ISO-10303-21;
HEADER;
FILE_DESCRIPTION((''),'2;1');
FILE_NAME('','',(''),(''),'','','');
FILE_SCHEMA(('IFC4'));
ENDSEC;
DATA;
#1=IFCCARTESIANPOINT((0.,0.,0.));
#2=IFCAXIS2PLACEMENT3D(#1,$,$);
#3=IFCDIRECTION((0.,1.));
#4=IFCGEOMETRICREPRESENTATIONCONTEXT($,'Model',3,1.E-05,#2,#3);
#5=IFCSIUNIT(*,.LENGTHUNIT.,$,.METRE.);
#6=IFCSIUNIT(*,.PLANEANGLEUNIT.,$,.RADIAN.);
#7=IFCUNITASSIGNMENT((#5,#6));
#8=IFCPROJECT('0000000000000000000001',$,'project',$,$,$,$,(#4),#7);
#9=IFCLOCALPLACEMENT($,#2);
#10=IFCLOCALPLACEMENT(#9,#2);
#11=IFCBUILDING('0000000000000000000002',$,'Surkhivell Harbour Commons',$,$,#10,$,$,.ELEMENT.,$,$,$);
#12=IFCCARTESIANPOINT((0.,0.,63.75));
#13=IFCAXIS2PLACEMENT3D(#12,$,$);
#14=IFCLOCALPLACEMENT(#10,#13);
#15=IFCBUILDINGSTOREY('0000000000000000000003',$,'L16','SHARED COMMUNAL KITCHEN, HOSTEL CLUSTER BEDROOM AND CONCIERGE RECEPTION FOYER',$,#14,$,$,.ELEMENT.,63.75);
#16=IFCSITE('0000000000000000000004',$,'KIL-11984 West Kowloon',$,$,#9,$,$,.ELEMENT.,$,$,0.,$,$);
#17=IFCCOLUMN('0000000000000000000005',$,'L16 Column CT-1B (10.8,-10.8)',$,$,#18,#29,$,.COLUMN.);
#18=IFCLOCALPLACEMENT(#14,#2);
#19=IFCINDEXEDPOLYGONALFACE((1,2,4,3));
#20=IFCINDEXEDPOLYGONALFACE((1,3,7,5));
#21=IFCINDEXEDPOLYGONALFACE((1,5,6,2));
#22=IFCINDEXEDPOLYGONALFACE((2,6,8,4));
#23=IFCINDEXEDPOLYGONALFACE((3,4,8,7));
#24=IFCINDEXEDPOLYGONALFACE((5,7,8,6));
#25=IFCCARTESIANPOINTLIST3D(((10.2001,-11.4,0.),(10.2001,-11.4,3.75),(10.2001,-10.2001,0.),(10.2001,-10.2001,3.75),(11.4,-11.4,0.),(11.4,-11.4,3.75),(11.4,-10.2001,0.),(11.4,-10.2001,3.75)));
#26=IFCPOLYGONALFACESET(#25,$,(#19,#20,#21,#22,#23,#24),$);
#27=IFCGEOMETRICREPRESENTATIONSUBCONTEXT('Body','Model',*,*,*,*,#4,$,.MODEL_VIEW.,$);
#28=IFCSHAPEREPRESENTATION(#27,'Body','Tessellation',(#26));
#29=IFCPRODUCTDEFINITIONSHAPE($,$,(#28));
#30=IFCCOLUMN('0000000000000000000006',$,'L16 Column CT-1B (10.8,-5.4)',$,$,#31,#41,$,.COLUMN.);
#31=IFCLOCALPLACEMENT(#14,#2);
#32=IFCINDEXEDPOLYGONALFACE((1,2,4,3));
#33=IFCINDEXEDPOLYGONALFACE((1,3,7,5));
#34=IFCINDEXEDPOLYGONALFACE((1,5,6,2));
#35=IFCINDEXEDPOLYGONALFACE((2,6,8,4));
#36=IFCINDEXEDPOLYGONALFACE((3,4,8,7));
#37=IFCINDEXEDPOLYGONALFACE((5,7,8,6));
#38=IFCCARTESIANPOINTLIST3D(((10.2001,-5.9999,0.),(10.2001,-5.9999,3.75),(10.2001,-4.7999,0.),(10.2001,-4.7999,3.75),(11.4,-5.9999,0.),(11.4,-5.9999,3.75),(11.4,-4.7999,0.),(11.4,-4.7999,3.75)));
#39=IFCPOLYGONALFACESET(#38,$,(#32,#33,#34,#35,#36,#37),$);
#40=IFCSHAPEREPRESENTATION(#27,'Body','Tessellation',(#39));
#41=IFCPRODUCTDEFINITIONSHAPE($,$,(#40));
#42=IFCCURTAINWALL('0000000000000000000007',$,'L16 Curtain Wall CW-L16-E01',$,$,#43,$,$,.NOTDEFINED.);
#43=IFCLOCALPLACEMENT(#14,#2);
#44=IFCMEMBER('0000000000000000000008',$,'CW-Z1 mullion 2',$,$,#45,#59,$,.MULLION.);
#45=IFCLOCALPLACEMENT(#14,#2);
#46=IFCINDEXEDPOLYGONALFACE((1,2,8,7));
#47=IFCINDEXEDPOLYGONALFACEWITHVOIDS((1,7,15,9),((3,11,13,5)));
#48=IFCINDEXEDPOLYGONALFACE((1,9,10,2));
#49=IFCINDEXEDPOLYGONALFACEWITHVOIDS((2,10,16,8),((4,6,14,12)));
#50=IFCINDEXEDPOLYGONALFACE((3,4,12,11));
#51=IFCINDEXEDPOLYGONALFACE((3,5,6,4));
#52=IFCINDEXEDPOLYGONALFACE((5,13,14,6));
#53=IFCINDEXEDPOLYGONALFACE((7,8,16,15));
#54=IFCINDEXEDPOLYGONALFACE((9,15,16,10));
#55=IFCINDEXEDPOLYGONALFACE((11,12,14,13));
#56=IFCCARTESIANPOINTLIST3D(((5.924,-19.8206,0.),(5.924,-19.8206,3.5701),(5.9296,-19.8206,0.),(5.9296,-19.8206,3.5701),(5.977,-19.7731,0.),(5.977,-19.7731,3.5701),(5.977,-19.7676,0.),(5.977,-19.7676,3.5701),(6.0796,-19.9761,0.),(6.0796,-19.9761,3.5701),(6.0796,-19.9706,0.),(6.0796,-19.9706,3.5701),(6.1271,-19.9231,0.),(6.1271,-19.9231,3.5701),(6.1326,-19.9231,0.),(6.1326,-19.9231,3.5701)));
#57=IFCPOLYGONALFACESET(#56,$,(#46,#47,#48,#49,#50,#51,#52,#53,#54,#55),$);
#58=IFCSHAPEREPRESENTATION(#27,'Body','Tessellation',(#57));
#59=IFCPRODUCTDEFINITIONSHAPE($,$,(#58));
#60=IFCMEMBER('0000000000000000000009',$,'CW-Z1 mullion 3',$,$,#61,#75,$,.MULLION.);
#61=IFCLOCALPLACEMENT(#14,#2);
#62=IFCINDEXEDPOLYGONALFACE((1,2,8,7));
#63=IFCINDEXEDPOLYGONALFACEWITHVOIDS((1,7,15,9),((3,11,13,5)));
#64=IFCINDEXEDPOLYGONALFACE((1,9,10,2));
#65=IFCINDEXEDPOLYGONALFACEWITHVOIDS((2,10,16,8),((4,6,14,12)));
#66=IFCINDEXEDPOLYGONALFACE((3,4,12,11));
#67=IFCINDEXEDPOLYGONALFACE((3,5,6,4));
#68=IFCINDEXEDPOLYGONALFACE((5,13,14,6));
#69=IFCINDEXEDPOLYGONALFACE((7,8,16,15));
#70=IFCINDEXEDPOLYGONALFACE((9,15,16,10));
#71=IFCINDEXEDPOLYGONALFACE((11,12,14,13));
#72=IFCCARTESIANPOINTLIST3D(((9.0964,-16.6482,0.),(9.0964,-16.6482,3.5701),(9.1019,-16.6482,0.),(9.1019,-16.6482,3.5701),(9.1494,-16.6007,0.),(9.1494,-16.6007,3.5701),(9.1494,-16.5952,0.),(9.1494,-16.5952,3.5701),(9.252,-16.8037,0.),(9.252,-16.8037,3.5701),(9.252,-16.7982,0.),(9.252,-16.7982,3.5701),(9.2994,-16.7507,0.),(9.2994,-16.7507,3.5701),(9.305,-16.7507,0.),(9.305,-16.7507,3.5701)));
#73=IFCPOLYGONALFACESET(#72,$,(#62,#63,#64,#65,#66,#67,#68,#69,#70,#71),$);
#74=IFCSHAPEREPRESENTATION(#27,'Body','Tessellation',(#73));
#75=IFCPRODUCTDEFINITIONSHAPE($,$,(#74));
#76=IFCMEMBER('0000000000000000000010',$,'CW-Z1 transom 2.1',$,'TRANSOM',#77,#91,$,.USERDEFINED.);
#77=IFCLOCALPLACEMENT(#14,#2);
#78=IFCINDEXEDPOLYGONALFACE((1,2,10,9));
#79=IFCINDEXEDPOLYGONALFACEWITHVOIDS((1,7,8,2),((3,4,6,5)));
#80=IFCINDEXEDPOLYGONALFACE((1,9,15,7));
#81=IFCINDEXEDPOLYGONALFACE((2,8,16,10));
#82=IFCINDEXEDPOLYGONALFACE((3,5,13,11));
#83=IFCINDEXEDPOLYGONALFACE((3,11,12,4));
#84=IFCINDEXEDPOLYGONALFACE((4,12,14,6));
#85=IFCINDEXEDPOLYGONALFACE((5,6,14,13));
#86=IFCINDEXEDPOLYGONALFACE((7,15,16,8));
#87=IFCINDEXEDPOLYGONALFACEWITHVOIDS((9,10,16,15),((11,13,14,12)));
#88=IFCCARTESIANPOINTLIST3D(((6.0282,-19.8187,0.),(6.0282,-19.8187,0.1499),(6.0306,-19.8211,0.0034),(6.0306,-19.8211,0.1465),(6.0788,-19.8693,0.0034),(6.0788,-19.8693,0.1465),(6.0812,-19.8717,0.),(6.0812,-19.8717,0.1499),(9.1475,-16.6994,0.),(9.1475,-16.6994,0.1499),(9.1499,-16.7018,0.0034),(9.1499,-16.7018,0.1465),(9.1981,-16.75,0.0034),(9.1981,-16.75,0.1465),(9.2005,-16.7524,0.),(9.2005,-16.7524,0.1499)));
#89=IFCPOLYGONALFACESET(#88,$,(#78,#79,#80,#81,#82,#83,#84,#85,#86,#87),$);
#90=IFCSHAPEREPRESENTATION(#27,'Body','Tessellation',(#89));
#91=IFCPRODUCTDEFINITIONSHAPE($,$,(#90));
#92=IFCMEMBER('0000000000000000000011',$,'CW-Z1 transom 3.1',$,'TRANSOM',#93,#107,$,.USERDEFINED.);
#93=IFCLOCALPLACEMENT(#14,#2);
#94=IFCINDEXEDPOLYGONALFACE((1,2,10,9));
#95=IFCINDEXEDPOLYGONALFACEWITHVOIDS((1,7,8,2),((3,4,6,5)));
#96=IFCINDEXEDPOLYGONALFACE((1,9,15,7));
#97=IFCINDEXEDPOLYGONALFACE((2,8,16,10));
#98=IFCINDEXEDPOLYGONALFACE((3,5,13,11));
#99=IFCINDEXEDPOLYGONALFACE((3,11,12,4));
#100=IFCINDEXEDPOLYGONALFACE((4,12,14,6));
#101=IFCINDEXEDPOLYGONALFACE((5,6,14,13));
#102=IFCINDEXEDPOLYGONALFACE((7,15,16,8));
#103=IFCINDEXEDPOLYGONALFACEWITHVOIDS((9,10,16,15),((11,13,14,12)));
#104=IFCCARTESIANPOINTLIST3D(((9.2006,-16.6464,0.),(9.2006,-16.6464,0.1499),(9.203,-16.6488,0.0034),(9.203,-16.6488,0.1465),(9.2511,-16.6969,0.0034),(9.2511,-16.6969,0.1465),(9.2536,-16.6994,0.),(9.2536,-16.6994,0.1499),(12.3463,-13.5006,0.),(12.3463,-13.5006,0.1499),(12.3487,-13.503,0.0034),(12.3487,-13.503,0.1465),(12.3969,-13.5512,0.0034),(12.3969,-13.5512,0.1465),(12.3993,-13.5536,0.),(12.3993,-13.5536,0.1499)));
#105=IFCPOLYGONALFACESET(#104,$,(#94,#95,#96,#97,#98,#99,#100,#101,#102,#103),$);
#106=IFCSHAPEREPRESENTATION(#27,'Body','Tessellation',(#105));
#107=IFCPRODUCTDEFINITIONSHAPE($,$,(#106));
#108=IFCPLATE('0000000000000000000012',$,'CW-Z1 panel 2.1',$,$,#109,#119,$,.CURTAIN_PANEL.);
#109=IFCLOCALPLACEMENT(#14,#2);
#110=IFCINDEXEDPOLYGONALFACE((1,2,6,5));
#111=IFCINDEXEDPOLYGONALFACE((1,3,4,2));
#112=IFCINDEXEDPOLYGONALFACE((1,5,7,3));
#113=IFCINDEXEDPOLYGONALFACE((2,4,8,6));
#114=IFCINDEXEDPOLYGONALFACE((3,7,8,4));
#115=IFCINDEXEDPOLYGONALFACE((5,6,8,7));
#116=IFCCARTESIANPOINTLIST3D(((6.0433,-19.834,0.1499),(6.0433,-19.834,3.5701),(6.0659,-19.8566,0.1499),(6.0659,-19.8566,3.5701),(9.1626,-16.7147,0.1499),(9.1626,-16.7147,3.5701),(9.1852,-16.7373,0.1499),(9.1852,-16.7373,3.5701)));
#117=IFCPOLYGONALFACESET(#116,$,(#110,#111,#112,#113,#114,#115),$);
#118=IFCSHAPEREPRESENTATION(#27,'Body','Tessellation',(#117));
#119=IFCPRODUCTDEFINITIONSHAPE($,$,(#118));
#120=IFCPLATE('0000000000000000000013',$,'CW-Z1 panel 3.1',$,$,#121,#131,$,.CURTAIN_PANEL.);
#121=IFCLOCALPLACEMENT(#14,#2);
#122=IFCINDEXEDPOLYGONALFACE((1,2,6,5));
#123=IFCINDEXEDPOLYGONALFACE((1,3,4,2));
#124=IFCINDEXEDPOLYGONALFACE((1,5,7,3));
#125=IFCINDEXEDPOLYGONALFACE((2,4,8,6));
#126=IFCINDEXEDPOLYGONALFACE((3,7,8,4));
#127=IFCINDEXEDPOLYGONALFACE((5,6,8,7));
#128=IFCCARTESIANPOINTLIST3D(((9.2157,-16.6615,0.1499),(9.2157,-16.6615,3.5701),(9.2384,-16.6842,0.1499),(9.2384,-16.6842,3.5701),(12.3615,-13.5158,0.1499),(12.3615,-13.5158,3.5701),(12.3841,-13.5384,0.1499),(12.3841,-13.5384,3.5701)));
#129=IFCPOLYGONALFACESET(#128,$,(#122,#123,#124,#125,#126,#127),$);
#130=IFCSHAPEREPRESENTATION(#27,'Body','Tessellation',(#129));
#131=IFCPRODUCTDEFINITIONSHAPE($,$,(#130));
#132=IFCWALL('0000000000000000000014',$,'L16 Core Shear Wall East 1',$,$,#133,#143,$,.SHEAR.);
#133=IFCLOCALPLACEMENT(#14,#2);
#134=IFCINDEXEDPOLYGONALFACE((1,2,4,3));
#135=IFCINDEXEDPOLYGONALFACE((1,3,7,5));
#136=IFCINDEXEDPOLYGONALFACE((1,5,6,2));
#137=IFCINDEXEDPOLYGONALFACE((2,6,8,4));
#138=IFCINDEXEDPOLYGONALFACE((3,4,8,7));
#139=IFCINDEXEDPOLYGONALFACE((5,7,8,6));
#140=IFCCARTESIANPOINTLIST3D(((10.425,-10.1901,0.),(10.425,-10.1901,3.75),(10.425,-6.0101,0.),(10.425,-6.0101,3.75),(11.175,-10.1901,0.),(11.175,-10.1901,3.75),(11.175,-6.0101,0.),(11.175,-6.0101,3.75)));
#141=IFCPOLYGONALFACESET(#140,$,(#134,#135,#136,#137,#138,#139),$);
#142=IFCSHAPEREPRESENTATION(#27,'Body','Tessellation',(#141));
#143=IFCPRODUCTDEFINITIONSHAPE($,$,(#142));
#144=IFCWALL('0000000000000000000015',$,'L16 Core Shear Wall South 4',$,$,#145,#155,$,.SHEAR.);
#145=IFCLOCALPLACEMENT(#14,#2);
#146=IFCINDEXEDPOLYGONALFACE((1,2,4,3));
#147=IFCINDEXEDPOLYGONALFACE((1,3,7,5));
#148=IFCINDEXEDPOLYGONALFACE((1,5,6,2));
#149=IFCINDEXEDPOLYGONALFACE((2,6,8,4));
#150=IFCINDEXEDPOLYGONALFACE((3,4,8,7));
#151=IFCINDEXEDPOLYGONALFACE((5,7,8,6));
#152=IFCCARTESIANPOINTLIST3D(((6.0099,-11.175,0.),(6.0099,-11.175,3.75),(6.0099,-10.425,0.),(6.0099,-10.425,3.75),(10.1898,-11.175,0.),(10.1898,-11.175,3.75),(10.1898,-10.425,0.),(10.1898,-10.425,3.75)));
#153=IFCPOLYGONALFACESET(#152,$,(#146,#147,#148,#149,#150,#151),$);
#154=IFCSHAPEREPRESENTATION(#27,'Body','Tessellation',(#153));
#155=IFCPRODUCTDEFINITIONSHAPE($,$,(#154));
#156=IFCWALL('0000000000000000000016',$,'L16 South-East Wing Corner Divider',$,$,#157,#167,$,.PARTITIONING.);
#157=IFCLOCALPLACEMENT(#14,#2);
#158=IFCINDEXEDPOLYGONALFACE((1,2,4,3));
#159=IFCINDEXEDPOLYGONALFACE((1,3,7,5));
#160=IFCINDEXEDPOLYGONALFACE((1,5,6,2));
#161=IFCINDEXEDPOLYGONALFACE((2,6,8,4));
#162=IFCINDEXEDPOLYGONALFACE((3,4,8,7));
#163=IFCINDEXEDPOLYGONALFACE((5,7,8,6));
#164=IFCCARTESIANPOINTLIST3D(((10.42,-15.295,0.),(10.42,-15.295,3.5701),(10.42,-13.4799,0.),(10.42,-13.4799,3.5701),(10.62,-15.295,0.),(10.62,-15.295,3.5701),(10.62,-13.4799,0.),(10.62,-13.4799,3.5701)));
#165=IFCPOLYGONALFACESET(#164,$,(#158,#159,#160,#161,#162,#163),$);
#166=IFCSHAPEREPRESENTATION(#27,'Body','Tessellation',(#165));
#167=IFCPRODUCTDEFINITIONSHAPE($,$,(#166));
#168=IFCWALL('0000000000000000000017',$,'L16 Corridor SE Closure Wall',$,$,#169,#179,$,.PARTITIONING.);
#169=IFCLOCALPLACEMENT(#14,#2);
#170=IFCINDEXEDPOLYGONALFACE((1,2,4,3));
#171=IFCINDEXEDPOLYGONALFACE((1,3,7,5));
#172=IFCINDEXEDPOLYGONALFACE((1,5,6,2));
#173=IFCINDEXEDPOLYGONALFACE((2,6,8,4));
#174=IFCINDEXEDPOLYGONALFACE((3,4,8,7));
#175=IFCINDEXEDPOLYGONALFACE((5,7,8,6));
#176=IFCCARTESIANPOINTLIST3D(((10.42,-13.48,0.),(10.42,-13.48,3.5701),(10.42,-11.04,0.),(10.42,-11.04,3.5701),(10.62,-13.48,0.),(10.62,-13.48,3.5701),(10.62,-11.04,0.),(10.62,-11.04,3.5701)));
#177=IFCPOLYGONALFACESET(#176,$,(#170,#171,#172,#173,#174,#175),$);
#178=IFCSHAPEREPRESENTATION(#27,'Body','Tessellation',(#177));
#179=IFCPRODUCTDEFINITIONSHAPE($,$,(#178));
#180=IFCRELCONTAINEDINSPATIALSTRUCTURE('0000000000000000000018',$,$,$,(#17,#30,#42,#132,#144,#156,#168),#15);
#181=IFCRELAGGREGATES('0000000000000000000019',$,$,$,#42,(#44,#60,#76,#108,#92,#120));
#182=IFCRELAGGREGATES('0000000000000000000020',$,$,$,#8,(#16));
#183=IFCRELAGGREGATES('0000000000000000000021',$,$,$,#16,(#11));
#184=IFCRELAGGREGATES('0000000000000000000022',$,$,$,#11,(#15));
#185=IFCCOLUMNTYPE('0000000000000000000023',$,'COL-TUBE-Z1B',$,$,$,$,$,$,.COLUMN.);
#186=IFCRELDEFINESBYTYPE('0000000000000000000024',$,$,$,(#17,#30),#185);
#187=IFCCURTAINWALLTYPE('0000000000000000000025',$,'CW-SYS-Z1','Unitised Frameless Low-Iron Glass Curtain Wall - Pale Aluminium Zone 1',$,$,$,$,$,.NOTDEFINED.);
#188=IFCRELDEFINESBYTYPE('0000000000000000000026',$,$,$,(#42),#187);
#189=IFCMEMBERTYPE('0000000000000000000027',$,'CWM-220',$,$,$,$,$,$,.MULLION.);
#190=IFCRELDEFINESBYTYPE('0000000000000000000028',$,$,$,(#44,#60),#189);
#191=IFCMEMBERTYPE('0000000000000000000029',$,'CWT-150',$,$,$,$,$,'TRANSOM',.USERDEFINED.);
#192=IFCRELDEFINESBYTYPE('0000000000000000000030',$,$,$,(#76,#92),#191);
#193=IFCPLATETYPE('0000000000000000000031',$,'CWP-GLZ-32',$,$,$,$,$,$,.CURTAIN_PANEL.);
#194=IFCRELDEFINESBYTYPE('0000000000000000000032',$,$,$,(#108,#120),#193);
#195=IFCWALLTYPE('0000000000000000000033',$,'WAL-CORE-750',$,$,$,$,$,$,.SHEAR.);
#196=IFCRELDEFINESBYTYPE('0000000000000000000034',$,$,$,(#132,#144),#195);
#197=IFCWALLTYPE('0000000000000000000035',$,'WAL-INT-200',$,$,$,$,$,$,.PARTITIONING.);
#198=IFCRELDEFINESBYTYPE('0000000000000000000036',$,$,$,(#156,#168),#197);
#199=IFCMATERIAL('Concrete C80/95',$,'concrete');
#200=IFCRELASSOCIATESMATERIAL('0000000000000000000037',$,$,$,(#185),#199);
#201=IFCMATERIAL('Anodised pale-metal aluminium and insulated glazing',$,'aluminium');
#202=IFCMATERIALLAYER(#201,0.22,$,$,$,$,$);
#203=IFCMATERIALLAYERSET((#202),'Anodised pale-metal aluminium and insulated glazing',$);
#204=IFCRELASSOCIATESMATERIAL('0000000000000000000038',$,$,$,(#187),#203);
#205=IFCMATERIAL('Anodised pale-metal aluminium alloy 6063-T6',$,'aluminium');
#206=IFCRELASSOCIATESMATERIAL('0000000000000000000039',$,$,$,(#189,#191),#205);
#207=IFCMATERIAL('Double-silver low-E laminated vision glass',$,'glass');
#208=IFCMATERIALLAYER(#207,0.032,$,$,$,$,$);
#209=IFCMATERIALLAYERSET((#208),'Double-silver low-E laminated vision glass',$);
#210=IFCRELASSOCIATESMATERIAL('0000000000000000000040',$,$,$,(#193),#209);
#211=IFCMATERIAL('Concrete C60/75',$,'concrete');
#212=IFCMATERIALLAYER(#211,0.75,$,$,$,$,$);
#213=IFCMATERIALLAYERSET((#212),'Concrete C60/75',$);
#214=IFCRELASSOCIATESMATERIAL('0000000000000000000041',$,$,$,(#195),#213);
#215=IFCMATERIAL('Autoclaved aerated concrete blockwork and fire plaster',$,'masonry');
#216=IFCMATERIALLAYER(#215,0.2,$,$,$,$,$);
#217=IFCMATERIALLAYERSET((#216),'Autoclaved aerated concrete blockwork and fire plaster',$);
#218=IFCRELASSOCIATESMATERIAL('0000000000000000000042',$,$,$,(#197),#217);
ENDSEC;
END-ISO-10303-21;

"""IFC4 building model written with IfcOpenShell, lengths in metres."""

from ifc_helpers import new_model, si_unit, direction, frame, frame_2d, origin, origin_2d, place, context, subcontext, project, spatial, rectangle, hollow_rectangle, extrude, material, layer, layer_set, material_profile, profile_set, type_object, element, aggregate, save


model = new_model("IFC4")

# Units and contexts
model_context = context("Model", 3, precision=1e-05, world=origin(), true_north=direction((0.0, 1.0)))
body_context = subcontext(model_context, "Body", "Model", "MODEL_VIEW")
ifc_project = project(units=[si_unit("LENGTHUNIT", "METRE"), si_unit("PLANEANGLEUNIT", "RADIAN")], contexts=[model_context])

# Site, building, storey
site_placement = place(None, origin())
site = spatial("IfcSite", under=ifc_project, at=site_placement, Name="KIL-11984 West Kowloon", CompositionType="ELEMENT", RefElevation=0.0)
building_placement = place(site_placement, origin())
building = spatial("IfcBuilding", under=site, at=building_placement, Name="Surkhivell Harbour Commons", CompositionType="ELEMENT")
storey_placement = place(building_placement, frame((0.0, 0.0, 63.75)))
storey = spatial("IfcBuildingStorey", under=building, at=storey_placement, Name="L16", Description="SHARED COMMUNAL KITCHEN, HOSTEL CLUSTER BEDROOM AND CONCIERGE RECEPTION FOYER", CompositionType="ELEMENT", Elevation=63.75)

# Columns
ifc_material_1 = material(Name="Concrete C80/95", Category="concrete")
ifc_material_profile_1 = material_profile(ifc_material_1, rectangle(XDim=1.2, YDim=1.2, at=origin_2d()), Name="RC-COL-1200x1200")
ifc_profile_set_1 = profile_set([ifc_material_profile_1], Name="Concrete C80/95")
column_type = type_object("IfcColumnType", Name="COL-TUBE-Z1B", PredefinedType="COLUMN", material=ifc_profile_set_1)
for number, where, z_axis, x_axis, name in (
    (1, (10.8, -10.8, 0.0), (0.0, 0.0, 1.0), (1.0, 0.0, 0.0), "L16 Column CT-1B (10.8,-10.8)"),
    (2, (10.8, -5.3999, 0.0), (0.0, 0.0, 1.0), (1.0, 0.0, 0.0), "L16 Column CT-1B (10.8,-5.4)"),
):
    element("IfcColumn", number, at=place(storey_placement, frame(where, z_axis=z_axis, x_axis=x_axis)), inside=storey, type_object=column_type, Name=name, PredefinedType="COLUMN", context=body_context, shape_type="SweptSolid", body=[
        extrude(rectangle(XDim=1.2, YDim=1.2, at=origin_2d()), origin(), (0.0, 0.0, 1.0), 3.75),
    ])

# Curtain wall, members, plates
ifc_material_2 = material(Name="Anodised pale-metal aluminium and insulated glazing", Category="aluminium")
ifc_layer_1 = layer(ifc_material_2, 0.22)
ifc_layer_set_1 = layer_set([ifc_layer_1], Name="Anodised pale-metal aluminium and insulated glazing")
curtain_wall_type = type_object("IfcCurtainWallType", Name="CW-SYS-Z1", Description="Unitised Frameless Low-Iron Glass Curtain Wall - Pale Aluminium Zone 1", PredefinedType="NOTDEFINED", material=ifc_layer_set_1)
curtain_wall_placement = place(storey_placement, origin())
curtain_wall = element("IfcCurtainWall", 3, at=curtain_wall_placement, inside=storey, type_object=curtain_wall_type, Name="L16 Curtain Wall CW-L16-E01", PredefinedType="NOTDEFINED")
ifc_material_3 = material(Name="Anodised pale-metal aluminium alloy 6063-T6", Category="aluminium")
ifc_material_profile_2 = material_profile(ifc_material_3, hollow_rectangle(XDim=0.075, YDim=0.22, WallThickness=0.0039, at=origin_2d()), Name="ALU-MULL-75x220")
ifc_profile_set_2 = profile_set([ifc_material_profile_2], Name="Anodised pale-metal aluminium alloy 6063-T6")
member_type_1 = type_object("IfcMemberType", Name="CWM-220", PredefinedType="MULLION", material=ifc_profile_set_2)
member_1_placement = place(storey_placement, frame((6.0283, -19.8718, 0.0), z_axis=(0.0, 0.0, 1.0), x_axis=(0.707107, 0.707107, 0.0)))
member_1 = element("IfcMember", 4, at=member_1_placement, type_object=member_type_1, Name="CW-Z1 mullion 2", PredefinedType="MULLION", context=body_context, shape_type="SweptSolid", body=[
    extrude(hollow_rectangle(XDim=0.075, YDim=0.22, WallThickness=0.0039, at=origin_2d()), origin(), (0.0, 0.0, 1.0), 3.5701),
])
member_2_placement = place(storey_placement, frame((9.2007, -16.6995, 0.0), z_axis=(0.0, 0.0, 1.0), x_axis=(0.707107, 0.707107, 0.0)))
member_2 = element("IfcMember", 5, at=member_2_placement, type_object=member_type_1, Name="CW-Z1 mullion 3", PredefinedType="MULLION", context=body_context, shape_type="SweptSolid", body=[
    extrude(hollow_rectangle(XDim=0.075, YDim=0.22, WallThickness=0.0039, at=origin_2d()), origin(), (0.0, 0.0, 1.0), 3.5701),
])
ifc_material_profile_3 = material_profile(ifc_material_3, hollow_rectangle(XDim=0.075, YDim=0.1499, WallThickness=0.0034, at=origin_2d()), Name="ALU-TRAN-75x150")
ifc_profile_set_3 = profile_set([ifc_material_profile_3], Name="Anodised pale-metal aluminium alloy 6063-T6")
member_type_2 = type_object("IfcMemberType", Name="CWT-150", ElementType="TRANSOM", PredefinedType="USERDEFINED", material=ifc_profile_set_3)
member_3_placement = place(storey_placement, frame((6.0547, -19.8452, 0.075), z_axis=(0.707107, 0.707107, 0.0), x_axis=(-0.707107, 0.707107, 0.0)))
member_3 = element("IfcMember", 6, at=member_3_placement, type_object=member_type_2, Name="CW-Z1 transom 2.1", ObjectType="TRANSOM", PredefinedType="USERDEFINED", context=body_context, shape_type="SweptSolid", body=[
    extrude(hollow_rectangle(XDim=0.075, YDim=0.1499, WallThickness=0.0034, at=origin_2d()), origin(), (0.0, 0.0, 1.0), 4.4114),
])
member_4_placement = place(storey_placement, frame((9.2271, -16.6729, 0.075), z_axis=(0.707107, 0.707107, 0.0), x_axis=(-0.707107, 0.707107, 0.0)))
member_4 = element("IfcMember", 7, at=member_4_placement, type_object=member_type_2, Name="CW-Z1 transom 3.1", ObjectType="TRANSOM", PredefinedType="USERDEFINED", context=body_context, shape_type="SweptSolid", body=[
    extrude(hollow_rectangle(XDim=0.075, YDim=0.1499, WallThickness=0.0034, at=origin_2d()), origin(), (0.0, 0.0, 1.0), 4.4487),
])
ifc_material_4 = material(Name="Double-silver low-E laminated vision glass", Category="glass")
ifc_layer_2 = layer(ifc_material_4, 0.032)
ifc_layer_set_2 = layer_set([ifc_layer_2], Name="Double-silver low-E laminated vision glass")
plate_type = type_object("IfcPlateType", Name="CWP-GLZ-32", PredefinedType="CURTAIN_PANEL", material=ifc_layer_set_2)
plate_1_placement = place(storey_placement, frame((6.0547, -19.8452, 0.1499), z_axis=(0.0, 0.0, 1.0), x_axis=(0.707107, 0.707107, 0.0)))
plate_1 = element("IfcPlate", 8, at=plate_1_placement, type_object=plate_type, Name="CW-Z1 panel 2.1", PredefinedType="CURTAIN_PANEL", context=body_context, shape_type="SweptSolid", body=[
    extrude(rectangle(XDim=4.4114, YDim=0.032, at=frame_2d((2.2056, 0.0))), origin(), (0.0, 0.0, 1.0), 3.4202),
])
plate_2_placement = place(storey_placement, frame((9.2271, -16.6729, 0.1499), z_axis=(0.0, 0.0, 1.0), x_axis=(0.707107, 0.707107, 0.0)))
plate_2 = element("IfcPlate", 9, at=plate_2_placement, type_object=plate_type, Name="CW-Z1 panel 3.1", PredefinedType="CURTAIN_PANEL", context=body_context, shape_type="SweptSolid", body=[
    extrude(rectangle(XDim=4.4487, YDim=0.032, at=frame_2d((2.2244, 0.0))), origin(), (0.0, 0.0, 1.0), 3.4202),
])
aggregate(curtain_wall, [member_1, member_2, member_3, plate_1, member_4, plate_2])

# Walls
ifc_material_5 = material(Name="Concrete C60/75", Category="concrete")
ifc_layer_3 = layer(ifc_material_5, 0.75)
ifc_layer_set_3 = layer_set([ifc_layer_3], Name="Concrete C60/75")
wall_type_1 = type_object("IfcWallType", Name="WAL-CORE-750", PredefinedType="SHEAR", material=ifc_layer_set_3)
for number, where, z_axis, x_axis, name in (
    (10, (10.8, -10.1899, 0.0), (0.0, 0.0, 1.0), (0.0, 1.0, 0.0), "L16 Core Shear Wall East 1"),
    (11, (6.01, -10.8, 0.0), (0.0, 0.0, 1.0), (1.0, 0.0, 0.0), "L16 Core Shear Wall South 4"),
):
    element("IfcWall", number, at=place(storey_placement, frame(where, z_axis=z_axis, x_axis=x_axis)), inside=storey, type_object=wall_type_1, Name=name, PredefinedType="SHEAR", context=body_context, shape_type="SweptSolid", body=[
        extrude(rectangle(XDim=4.1799, YDim=0.75, at=frame_2d((2.0898, 0.0))), origin(), (0.0, 0.0, 1.0), 3.75),
    ])
ifc_material_6 = material(Name="Autoclaved aerated concrete blockwork and fire plaster", Category="masonry")
ifc_layer_4 = layer(ifc_material_6, 0.2)
ifc_layer_set_4 = layer_set([ifc_layer_4], Name="Autoclaved aerated concrete blockwork and fire plaster")
wall_type_2 = type_object("IfcWallType", Name="WAL-INT-200", PredefinedType="PARTITIONING", material=ifc_layer_set_4)
wall_1_placement = place(storey_placement, frame((10.52, -15.2952, 0.0), z_axis=(0.0, 0.0, 1.0), x_axis=(0.0, 1.0, 0.0)))
element("IfcWall", 12, at=wall_1_placement, inside=storey, type_object=wall_type_2, Name="L16 South-East Wing Corner Divider", PredefinedType="PARTITIONING", context=body_context, shape_type="SweptSolid", body=[
    extrude(rectangle(XDim=1.8152, YDim=0.2, at=frame_2d((0.9077, 0.0))), origin(), (0.0, 0.0, 1.0), 3.5701),
])
wall_2_placement = place(storey_placement, frame((10.52, -13.48, 0.0), z_axis=(0.0, 0.0, 1.0), x_axis=(0.0, 1.0, 0.0)))
element("IfcWall", 13, at=wall_2_placement, inside=storey, type_object=wall_type_2, Name="L16 Corridor SE Closure Wall", PredefinedType="PARTITIONING", context=body_context, shape_type="SweptSolid", body=[
    extrude(rectangle(XDim=2.4399, YDim=0.2, at=frame_2d((1.22, 0.0))), origin(), (0.0, 0.0, 1.0), 3.5701),
])

save(model, "model.ifc")
